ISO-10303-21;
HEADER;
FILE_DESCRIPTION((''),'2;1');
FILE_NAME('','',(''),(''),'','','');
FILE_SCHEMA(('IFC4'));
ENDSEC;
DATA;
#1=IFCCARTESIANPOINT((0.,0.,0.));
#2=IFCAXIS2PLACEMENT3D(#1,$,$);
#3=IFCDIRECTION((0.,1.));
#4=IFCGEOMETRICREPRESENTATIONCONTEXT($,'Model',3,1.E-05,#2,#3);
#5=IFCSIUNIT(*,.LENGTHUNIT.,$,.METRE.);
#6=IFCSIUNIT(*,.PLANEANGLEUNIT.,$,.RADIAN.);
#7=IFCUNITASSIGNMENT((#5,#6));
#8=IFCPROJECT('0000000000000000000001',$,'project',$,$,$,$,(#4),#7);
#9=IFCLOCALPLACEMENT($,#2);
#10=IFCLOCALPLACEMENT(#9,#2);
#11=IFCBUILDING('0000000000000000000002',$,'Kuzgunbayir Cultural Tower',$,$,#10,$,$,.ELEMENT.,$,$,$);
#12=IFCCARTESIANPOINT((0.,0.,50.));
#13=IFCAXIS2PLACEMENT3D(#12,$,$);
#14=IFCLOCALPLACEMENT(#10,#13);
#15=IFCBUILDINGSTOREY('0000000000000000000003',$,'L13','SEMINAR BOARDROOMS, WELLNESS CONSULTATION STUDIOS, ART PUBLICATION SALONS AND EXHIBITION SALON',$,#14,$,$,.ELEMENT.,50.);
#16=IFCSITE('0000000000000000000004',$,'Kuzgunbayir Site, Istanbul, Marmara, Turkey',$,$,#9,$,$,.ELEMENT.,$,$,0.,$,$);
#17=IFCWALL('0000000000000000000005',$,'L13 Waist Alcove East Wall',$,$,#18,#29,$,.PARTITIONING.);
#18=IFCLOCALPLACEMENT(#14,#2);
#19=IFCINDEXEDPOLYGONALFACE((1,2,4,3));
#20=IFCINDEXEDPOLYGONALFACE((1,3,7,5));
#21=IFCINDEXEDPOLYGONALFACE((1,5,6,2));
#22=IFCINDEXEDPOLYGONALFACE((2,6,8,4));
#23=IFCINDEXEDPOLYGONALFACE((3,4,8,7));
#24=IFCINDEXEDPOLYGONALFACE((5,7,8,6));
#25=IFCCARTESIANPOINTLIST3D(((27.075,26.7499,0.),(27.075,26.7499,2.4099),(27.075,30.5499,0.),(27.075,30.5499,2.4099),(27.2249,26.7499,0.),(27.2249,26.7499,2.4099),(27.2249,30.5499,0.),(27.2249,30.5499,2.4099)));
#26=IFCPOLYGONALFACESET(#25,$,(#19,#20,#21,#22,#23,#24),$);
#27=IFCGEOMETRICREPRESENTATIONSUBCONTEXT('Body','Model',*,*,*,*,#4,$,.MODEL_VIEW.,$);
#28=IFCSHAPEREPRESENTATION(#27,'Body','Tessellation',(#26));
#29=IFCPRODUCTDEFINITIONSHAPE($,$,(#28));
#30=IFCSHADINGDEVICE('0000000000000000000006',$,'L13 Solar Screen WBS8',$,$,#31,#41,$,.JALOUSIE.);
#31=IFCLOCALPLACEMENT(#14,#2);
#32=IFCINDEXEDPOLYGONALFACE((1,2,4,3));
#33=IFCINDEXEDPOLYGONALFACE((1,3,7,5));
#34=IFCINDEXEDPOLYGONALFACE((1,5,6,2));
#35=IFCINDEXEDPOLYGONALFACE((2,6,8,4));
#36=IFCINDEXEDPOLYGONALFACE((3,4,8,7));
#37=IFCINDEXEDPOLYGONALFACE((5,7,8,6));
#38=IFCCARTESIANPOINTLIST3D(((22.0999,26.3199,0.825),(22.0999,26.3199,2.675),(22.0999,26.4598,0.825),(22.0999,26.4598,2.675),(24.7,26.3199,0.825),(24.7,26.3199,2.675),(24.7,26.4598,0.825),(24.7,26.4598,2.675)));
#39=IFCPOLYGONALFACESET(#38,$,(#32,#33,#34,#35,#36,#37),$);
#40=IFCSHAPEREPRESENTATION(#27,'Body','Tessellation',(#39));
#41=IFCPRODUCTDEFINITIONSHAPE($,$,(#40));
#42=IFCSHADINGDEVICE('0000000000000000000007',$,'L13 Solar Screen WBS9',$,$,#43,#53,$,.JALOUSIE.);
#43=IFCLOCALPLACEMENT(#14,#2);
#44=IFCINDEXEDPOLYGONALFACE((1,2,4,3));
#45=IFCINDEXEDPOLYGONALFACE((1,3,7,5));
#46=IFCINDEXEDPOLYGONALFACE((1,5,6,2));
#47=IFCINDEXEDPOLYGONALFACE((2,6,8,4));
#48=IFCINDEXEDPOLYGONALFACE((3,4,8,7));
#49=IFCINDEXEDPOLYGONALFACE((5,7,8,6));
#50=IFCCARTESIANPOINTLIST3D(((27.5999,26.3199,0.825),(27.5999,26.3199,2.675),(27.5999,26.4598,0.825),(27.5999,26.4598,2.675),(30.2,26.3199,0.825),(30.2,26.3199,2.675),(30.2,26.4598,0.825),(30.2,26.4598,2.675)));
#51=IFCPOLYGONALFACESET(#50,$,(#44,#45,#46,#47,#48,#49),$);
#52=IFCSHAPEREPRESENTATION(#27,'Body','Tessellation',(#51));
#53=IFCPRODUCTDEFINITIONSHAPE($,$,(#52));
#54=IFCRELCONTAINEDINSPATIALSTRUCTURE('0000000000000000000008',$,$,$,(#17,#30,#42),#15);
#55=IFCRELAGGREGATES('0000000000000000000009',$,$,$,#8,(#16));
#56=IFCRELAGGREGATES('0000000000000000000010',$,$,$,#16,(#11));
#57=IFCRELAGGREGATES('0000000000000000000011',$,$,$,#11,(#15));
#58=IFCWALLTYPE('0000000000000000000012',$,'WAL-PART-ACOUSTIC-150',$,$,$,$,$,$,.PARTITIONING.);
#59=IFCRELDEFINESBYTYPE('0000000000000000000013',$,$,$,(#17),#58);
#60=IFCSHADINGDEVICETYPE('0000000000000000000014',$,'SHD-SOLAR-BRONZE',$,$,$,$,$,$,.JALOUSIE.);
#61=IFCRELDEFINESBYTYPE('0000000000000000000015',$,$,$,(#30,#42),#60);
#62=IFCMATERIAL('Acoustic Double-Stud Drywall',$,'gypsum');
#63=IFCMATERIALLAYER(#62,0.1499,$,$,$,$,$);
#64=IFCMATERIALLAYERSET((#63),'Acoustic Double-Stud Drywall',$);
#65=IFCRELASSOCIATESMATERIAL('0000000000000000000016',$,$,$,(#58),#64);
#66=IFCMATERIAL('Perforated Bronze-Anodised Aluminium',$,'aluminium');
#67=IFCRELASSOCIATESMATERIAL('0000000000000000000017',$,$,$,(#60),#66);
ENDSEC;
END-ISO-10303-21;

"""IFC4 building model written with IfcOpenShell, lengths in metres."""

from ifc_helpers import new_model, si_unit, direction, frame, frame_2d, origin, origin_2d, place, context, subcontext, project, spatial, rectangle, extrude, material, layer, layer_set, type_object, element, save


model = new_model("IFC4")

# Units and contexts
model_context = context("Model", 3, precision=1e-05, world=origin(), true_north=direction((0.0, 1.0)))
body_context = subcontext(model_context, "Body", "Model", "MODEL_VIEW")
ifc_project = project(units=[si_unit("LENGTHUNIT", "METRE"), si_unit("PLANEANGLEUNIT", "RADIAN")], contexts=[model_context])

# Site, building, storey
site_placement = place(None, origin())
site = spatial("IfcSite", under=ifc_project, at=site_placement, Name="Kuzgunbayir Site, Istanbul, Marmara, Turkey", CompositionType="ELEMENT", RefElevation=0.0)
building_placement = place(site_placement, origin())
building = spatial("IfcBuilding", under=site, at=building_placement, Name="Kuzgunbayir Cultural Tower", CompositionType="ELEMENT")
storey_placement = place(building_placement, frame((0.0, 0.0, 50.0)))
storey = spatial("IfcBuildingStorey", under=building, at=storey_placement, Name="L13", Description="SEMINAR BOARDROOMS, WELLNESS CONSULTATION STUDIOS, ART PUBLICATION SALONS AND EXHIBITION SALON", CompositionType="ELEMENT", Elevation=50.0)

# Shared definitions
ifc_material_1 = material(Name="Acoustic Double-Stud Drywall", Category="gypsum")
ifc_layer_1 = layer(ifc_material_1, 0.1499)
ifc_layer_set_1 = layer_set([ifc_layer_1], Name="Acoustic Double-Stud Drywall")
wall_type_1 = type_object("IfcWallType", Name="WAL-PART-ACOUSTIC-150", PredefinedType="PARTITIONING", material=ifc_layer_set_1)

# Wall
wall_1_placement = place(storey_placement, frame((27.1499, 26.75, 0.0), z_axis=(0.0, 0.0, 1.0), x_axis=(0.0, 1.0, 0.0)))
element("IfcWall", 1, at=wall_1_placement, inside=storey, type_object=wall_type_1, Name="L13 Waist Alcove East Wall", PredefinedType="PARTITIONING", context=body_context, shape_type="SweptSolid", body=[
    extrude(rectangle(XDim=3.8, YDim=0.1499, at=frame_2d((1.8999, 0.0))), origin(), (0.0, 0.0, 1.0), 2.4099),
])

# Shading devices
ifc_material_2 = material(Name="Perforated Bronze-Anodised Aluminium", Category="aluminium")
shading_device_type = type_object("IfcShadingDeviceType", Name="SHD-SOLAR-BRONZE", PredefinedType="JALOUSIE", material=ifc_material_2)
for number, where, z_axis, x_axis, name in (
    (2, (23.3999, 26.3899, 0.825), (0.0, 0.0, 1.0), (1.0, 0.0, 0.0), "L13 Solar Screen WBS8"),
    (3, (28.8999, 26.3899, 0.825), (0.0, 0.0, 1.0), (1.0, 0.0, 0.0), "L13 Solar Screen WBS9"),
):
    element("IfcShadingDevice", number, at=place(storey_placement, frame(where, z_axis=z_axis, x_axis=x_axis)), inside=storey, type_object=shading_device_type, Name=name, PredefinedType="JALOUSIE", context=body_context, shape_type="SweptSolid", body=[
        extrude(rectangle(XDim=2.6001, YDim=0.1399, at=origin_2d()), origin(), (0.0, 0.0, 1.0), 1.8501),
    ])

save(model, "model.ifc")
